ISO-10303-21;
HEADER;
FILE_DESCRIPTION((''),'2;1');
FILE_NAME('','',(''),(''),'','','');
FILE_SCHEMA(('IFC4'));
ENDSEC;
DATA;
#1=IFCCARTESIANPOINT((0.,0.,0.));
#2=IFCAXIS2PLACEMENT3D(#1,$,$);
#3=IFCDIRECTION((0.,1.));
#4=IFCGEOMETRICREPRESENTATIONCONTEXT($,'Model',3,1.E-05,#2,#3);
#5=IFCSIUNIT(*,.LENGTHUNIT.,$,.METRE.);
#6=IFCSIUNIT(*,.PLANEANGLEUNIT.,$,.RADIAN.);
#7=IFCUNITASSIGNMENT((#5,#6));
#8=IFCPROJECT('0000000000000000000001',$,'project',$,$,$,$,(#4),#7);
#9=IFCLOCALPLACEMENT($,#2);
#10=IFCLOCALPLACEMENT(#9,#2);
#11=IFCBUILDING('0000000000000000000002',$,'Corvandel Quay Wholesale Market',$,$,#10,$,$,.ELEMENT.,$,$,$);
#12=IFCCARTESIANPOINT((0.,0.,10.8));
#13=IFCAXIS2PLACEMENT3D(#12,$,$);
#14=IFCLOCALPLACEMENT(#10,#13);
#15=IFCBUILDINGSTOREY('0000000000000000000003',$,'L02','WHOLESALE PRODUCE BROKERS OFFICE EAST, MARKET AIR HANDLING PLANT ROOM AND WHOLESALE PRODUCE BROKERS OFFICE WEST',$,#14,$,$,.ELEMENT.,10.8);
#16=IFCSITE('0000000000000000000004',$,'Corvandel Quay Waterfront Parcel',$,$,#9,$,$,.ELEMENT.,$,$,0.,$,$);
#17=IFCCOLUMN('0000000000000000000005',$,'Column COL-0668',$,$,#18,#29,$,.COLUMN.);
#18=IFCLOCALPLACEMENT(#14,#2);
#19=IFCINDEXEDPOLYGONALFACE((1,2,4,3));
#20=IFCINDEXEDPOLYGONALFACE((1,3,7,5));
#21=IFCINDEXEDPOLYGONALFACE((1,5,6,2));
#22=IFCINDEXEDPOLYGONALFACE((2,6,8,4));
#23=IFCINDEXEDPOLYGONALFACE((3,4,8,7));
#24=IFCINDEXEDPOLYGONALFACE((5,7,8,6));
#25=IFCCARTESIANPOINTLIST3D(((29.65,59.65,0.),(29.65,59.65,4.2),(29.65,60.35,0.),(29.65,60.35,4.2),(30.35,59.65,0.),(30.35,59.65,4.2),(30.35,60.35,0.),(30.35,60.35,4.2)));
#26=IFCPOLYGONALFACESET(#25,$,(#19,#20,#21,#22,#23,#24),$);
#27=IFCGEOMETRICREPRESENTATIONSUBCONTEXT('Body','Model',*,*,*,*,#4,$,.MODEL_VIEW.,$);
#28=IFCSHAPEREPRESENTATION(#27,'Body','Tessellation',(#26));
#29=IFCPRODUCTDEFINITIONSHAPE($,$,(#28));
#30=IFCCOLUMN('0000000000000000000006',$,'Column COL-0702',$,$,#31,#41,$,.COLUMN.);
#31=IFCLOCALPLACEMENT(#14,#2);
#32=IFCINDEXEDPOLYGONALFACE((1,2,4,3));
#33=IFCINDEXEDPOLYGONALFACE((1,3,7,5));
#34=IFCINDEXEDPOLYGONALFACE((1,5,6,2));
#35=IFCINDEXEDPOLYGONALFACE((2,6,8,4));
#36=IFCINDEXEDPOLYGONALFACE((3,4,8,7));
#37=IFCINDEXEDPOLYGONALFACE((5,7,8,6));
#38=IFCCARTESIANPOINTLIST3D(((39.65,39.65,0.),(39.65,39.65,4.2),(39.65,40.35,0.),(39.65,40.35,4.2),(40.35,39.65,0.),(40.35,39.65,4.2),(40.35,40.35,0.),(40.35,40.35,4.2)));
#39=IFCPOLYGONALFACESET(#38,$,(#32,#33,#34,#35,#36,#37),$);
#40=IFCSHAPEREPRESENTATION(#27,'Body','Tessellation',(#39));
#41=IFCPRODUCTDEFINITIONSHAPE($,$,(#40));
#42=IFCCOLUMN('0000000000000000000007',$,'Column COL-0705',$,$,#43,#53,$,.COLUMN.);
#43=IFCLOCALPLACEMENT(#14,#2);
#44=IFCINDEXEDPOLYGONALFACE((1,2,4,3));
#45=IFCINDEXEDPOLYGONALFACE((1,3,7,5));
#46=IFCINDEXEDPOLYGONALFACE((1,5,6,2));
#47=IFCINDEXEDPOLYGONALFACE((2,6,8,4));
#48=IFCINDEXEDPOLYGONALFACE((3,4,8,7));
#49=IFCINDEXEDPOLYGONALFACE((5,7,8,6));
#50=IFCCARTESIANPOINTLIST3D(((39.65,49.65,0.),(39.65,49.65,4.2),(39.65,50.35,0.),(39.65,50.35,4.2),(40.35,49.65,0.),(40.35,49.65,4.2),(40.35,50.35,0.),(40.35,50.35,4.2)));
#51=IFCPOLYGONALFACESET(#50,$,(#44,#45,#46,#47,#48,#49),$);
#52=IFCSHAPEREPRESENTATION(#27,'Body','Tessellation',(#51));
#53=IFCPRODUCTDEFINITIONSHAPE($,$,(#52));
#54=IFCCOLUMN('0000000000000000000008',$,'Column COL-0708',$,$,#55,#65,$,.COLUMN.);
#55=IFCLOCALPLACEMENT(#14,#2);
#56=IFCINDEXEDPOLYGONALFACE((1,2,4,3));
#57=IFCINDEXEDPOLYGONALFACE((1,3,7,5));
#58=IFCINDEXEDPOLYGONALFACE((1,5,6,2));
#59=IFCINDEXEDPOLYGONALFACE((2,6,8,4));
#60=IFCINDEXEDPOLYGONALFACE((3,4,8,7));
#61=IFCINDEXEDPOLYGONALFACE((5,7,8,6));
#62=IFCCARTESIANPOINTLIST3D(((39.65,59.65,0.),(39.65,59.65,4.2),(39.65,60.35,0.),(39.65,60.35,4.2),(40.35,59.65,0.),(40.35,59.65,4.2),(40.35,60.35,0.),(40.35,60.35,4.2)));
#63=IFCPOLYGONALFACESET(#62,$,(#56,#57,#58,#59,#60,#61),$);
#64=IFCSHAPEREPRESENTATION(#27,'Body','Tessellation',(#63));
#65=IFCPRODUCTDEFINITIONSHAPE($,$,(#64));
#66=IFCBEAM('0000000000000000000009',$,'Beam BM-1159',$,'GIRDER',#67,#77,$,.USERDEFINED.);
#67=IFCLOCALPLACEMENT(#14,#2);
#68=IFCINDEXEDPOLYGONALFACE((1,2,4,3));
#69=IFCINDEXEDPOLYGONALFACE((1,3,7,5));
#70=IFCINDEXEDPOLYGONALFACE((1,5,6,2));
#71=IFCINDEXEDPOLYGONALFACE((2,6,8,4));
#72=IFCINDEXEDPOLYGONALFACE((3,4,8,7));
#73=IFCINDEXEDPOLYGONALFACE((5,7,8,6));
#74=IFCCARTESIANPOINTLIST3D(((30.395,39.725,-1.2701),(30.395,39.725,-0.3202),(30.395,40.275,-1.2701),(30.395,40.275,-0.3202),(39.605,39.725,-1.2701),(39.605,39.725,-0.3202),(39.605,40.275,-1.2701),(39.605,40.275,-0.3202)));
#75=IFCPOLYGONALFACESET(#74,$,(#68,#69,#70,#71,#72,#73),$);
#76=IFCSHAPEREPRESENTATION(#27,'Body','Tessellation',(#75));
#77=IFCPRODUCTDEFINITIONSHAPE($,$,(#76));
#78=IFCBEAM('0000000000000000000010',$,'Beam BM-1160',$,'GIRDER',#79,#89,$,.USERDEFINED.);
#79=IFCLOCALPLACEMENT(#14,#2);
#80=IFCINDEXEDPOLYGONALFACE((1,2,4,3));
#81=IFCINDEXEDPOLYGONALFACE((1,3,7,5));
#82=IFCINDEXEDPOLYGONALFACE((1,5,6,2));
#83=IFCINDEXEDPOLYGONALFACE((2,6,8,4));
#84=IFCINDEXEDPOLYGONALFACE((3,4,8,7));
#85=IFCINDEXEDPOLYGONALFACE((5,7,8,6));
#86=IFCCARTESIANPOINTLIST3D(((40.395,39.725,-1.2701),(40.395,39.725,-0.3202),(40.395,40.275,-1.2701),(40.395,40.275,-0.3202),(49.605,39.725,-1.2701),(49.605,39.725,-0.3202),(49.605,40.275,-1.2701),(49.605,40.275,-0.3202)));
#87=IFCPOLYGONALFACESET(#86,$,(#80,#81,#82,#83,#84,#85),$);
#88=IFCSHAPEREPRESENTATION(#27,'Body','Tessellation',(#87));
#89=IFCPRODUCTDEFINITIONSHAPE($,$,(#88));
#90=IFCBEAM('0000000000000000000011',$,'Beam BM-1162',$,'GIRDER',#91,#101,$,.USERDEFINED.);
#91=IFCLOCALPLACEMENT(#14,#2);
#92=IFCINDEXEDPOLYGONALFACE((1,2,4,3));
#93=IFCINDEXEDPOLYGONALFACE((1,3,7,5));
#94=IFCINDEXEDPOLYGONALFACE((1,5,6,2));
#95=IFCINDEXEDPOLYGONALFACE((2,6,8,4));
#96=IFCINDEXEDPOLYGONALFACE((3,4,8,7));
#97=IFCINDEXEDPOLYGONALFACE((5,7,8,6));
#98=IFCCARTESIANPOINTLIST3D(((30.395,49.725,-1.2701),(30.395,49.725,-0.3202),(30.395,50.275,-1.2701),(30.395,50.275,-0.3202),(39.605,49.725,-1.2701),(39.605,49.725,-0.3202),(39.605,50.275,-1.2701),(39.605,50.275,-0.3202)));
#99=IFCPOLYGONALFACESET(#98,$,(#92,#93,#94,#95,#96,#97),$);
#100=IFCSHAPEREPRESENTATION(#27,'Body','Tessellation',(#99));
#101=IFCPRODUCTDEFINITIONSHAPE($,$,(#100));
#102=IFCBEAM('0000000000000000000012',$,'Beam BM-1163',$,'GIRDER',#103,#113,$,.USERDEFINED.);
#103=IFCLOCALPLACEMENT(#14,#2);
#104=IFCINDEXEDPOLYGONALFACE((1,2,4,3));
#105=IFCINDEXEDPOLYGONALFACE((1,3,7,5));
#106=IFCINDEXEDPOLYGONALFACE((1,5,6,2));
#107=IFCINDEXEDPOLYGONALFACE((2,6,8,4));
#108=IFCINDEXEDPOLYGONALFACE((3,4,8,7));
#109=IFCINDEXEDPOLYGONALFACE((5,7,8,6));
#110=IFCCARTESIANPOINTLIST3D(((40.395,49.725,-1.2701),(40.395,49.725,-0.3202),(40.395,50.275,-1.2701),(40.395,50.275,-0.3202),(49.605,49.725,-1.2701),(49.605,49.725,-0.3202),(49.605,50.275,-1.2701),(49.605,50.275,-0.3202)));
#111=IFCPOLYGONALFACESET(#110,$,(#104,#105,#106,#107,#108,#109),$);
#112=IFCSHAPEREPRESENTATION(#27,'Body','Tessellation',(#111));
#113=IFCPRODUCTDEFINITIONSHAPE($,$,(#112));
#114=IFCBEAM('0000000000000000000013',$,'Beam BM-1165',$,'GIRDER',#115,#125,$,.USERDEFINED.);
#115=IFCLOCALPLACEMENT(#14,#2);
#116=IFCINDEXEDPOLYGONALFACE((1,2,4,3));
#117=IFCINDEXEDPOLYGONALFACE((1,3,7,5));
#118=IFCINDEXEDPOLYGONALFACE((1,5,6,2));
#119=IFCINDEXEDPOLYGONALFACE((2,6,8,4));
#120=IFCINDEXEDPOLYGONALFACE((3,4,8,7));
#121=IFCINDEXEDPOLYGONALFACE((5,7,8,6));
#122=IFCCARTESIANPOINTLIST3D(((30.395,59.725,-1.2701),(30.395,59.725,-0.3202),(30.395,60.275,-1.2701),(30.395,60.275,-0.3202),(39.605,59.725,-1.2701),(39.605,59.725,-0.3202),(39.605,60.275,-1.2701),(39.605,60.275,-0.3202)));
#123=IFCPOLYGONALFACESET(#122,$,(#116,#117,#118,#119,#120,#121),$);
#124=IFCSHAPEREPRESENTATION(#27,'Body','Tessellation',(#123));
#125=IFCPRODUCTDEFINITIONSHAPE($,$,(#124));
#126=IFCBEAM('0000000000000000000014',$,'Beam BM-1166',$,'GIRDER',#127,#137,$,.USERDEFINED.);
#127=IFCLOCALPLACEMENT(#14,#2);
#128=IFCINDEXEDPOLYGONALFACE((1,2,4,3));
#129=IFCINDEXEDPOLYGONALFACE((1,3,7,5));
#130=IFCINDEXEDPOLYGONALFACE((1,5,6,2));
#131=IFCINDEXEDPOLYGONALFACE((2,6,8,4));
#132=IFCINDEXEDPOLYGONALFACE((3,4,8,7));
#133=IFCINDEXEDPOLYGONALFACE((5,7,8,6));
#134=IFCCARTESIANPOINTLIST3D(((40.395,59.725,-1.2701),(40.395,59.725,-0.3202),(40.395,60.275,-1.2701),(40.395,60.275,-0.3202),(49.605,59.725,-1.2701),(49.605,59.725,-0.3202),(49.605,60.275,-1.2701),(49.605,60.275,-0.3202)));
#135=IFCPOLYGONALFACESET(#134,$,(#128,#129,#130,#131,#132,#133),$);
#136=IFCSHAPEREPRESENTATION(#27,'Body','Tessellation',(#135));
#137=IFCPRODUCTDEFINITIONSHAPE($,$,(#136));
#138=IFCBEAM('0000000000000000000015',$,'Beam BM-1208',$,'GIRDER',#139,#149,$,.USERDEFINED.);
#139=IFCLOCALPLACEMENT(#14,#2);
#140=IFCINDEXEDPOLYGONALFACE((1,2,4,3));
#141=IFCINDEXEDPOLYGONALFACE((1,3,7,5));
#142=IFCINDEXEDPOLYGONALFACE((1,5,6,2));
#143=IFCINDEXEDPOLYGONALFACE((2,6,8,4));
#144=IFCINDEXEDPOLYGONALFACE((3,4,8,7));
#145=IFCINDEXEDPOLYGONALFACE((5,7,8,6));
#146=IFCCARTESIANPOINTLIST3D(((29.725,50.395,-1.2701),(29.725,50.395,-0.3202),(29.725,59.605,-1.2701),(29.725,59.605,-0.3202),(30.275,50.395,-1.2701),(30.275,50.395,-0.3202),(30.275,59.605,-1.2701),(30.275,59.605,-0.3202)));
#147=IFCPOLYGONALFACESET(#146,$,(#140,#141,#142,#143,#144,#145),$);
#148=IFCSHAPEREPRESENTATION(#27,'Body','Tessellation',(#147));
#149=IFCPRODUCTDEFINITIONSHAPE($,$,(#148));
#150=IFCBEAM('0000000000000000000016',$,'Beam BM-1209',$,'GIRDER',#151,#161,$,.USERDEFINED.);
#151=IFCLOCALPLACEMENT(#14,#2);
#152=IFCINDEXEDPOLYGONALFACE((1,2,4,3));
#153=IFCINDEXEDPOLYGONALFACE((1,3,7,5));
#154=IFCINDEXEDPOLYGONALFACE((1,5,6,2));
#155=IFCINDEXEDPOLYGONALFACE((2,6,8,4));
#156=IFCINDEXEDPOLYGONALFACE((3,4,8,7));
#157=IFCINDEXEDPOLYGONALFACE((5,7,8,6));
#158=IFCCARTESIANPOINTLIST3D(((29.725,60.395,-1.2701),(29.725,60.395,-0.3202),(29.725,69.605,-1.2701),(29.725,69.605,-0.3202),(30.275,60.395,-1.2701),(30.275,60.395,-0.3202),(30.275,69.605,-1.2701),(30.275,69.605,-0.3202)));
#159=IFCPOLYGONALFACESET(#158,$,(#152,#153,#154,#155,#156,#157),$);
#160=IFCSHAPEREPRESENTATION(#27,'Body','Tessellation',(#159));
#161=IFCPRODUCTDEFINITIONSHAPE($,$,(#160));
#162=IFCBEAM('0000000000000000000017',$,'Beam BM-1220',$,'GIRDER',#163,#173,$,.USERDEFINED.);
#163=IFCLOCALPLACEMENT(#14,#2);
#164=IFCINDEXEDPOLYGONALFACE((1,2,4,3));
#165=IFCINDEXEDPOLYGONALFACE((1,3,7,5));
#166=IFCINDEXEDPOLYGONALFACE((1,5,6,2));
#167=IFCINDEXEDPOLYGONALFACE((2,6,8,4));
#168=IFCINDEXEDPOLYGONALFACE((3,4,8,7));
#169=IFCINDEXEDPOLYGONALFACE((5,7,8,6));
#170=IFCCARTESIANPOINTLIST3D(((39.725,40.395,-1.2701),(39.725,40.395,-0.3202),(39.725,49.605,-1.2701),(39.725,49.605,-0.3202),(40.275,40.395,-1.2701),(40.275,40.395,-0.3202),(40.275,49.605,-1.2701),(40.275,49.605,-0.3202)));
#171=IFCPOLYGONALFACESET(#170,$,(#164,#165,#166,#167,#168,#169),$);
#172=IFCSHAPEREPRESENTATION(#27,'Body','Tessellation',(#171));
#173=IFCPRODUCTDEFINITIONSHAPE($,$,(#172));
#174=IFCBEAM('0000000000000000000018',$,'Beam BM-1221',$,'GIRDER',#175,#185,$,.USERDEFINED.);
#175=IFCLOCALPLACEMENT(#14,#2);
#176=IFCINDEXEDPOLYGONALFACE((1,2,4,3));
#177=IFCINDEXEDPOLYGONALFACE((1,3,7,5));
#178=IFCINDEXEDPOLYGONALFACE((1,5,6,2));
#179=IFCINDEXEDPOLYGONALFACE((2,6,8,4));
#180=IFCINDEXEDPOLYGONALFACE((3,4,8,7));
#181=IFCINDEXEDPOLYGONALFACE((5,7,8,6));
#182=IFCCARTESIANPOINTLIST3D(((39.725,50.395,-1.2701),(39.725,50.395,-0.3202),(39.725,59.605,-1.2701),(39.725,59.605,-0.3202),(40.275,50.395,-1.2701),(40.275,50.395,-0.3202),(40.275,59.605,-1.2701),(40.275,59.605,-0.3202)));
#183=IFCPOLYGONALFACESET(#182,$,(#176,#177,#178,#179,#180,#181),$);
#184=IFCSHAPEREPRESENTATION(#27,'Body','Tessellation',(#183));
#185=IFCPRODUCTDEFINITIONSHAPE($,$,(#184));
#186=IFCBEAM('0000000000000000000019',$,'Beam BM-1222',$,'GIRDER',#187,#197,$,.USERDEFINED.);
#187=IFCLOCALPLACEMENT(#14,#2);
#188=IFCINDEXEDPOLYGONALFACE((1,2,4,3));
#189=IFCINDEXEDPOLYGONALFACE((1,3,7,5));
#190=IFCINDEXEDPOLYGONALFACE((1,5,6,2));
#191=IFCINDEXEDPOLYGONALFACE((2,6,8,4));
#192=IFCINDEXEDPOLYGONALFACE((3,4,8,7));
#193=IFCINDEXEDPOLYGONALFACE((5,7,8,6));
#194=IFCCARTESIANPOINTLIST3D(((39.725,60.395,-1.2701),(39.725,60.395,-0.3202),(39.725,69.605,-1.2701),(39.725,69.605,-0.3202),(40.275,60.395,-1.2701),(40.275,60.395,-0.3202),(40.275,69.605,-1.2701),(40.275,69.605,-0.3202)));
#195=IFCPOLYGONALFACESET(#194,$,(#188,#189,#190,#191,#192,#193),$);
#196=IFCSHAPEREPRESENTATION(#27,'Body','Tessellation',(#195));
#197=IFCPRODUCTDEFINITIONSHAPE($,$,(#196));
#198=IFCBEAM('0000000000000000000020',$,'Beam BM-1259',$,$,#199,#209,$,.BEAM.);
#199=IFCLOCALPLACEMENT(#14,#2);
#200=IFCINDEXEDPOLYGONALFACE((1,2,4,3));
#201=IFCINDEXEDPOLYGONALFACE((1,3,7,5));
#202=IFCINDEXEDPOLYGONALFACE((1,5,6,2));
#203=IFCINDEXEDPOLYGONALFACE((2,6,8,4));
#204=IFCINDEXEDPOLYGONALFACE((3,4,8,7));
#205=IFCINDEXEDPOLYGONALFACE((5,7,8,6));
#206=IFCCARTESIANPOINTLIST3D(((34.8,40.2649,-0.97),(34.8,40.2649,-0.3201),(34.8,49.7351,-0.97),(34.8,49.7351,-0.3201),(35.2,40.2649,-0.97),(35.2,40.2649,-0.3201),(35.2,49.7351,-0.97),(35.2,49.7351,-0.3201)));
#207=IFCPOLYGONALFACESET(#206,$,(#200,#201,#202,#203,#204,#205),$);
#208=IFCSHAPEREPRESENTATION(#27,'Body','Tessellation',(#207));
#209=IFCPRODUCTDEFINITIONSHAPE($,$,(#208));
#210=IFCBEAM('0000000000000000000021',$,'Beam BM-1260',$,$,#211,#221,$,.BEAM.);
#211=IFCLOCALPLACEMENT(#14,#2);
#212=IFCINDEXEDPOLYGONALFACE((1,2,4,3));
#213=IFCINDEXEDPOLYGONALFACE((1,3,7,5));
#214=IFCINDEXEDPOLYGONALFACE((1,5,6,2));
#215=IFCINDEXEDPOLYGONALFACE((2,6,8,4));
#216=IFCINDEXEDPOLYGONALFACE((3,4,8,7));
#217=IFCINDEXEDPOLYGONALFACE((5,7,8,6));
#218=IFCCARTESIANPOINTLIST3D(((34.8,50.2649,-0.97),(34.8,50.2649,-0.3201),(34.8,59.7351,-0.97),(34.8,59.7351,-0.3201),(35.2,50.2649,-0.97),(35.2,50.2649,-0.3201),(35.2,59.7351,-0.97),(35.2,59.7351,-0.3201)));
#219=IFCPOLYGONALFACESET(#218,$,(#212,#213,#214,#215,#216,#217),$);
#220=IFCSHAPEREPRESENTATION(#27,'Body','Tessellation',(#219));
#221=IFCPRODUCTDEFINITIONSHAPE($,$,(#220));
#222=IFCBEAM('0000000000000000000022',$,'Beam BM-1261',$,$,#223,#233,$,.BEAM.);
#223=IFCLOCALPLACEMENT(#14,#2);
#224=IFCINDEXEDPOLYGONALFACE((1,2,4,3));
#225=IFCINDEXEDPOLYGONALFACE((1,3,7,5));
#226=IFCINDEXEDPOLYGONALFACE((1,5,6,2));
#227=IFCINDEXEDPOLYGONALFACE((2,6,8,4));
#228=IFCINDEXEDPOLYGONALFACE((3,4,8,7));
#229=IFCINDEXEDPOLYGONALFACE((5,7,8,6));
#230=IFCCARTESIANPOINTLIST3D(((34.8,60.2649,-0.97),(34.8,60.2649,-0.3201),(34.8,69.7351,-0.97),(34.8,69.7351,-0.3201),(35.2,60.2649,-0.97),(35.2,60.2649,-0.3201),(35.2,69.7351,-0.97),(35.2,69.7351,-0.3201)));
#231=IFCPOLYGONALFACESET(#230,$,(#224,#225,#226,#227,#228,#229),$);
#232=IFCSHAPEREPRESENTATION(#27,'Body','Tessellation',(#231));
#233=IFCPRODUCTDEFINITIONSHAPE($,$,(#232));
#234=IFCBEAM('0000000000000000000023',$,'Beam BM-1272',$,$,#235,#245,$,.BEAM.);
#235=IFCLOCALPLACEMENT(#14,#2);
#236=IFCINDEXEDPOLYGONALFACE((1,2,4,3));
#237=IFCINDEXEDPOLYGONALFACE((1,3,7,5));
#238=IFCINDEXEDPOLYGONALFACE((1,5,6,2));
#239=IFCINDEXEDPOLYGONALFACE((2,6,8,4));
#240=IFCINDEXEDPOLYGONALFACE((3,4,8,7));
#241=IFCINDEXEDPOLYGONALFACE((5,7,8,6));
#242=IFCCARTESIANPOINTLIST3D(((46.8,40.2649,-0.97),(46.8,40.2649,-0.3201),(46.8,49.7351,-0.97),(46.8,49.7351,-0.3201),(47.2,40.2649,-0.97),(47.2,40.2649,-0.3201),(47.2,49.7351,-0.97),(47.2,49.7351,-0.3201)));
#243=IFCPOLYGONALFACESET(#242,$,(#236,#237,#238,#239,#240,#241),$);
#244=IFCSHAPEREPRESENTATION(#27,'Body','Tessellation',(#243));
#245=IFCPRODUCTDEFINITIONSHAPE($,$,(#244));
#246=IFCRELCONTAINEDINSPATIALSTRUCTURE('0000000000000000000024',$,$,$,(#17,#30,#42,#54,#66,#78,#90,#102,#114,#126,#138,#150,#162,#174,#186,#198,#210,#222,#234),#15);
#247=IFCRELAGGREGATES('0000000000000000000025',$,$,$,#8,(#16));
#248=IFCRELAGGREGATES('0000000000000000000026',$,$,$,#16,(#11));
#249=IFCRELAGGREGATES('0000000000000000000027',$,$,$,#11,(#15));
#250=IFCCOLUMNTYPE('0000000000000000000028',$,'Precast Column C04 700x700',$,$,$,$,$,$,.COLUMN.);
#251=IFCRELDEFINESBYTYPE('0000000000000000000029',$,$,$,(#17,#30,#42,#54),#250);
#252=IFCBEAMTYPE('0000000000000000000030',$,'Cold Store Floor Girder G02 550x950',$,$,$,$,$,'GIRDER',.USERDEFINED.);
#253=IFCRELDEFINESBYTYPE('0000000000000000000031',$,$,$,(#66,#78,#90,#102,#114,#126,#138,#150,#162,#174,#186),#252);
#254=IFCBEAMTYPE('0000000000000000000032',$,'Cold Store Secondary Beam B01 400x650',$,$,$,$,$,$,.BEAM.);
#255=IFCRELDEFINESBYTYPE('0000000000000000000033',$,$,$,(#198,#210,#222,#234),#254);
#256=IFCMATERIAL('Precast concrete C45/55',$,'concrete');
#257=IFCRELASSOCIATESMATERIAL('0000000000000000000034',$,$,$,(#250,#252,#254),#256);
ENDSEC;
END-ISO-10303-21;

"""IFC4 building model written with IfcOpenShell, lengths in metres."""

from ifc_helpers import new_model, si_unit, direction, frame, origin, origin_2d, place, context, subcontext, project, spatial, rectangle, extrude, material, material_profile, profile_set, type_object, element, save


model = new_model("IFC4")

# Units and contexts
model_context = context("Model", 3, precision=1e-05, world=origin(), true_north=direction((0.0, 1.0)))
body_context = subcontext(model_context, "Body", "Model", "MODEL_VIEW")
ifc_project = project(units=[si_unit("LENGTHUNIT", "METRE"), si_unit("PLANEANGLEUNIT", "RADIAN")], contexts=[model_context])

# Site, building, storey
site_placement = place(None, origin())
site = spatial("IfcSite", under=ifc_project, at=site_placement, Name="Corvandel Quay Waterfront Parcel", CompositionType="ELEMENT", RefElevation=0.0)
building_placement = place(site_placement, origin())
building = spatial("IfcBuilding", under=site, at=building_placement, Name="Corvandel Quay Wholesale Market", CompositionType="ELEMENT")
storey_placement = place(building_placement, frame((0.0, 0.0, 10.8)))
storey = spatial("IfcBuildingStorey", under=building, at=storey_placement, Name="L02", Description="WHOLESALE PRODUCE BROKERS OFFICE EAST, MARKET AIR HANDLING PLANT ROOM AND WHOLESALE PRODUCE BROKERS OFFICE WEST", CompositionType="ELEMENT", Elevation=10.8)

# Columns
ifc_material_1 = material(Name="Precast concrete C45/55", Category="concrete")
ifc_material_profile_1 = material_profile(ifc_material_1, rectangle(XDim=0.7, YDim=0.7, at=origin_2d()), Name="PC-COL-700x700")
ifc_profile_set_1 = profile_set([ifc_material_profile_1], Name="Precast concrete C45/55")
column_type = type_object("IfcColumnType", Name="Precast Column C04 700x700", PredefinedType="COLUMN", material=ifc_profile_set_1)
for number, where, z_axis, x_axis, name in (
    (1, (30.0, 60.0, 0.0), (0.0, 0.0, 1.0), (1.0, 0.0, 0.0), "Column COL-0668"),
    (2, (40.0, 40.0, 0.0), (0.0, 0.0, 1.0), (1.0, 0.0, 0.0), "Column COL-0702"),
    (3, (40.0, 50.0, 0.0), (0.0, 0.0, 1.0), (1.0, 0.0, 0.0), "Column COL-0705"),
    (4, (40.0, 60.0, 0.0), (0.0, 0.0, 1.0), (1.0, 0.0, 0.0), "Column COL-0708"),
):
    element("IfcColumn", number, at=place(storey_placement, frame(where, z_axis=z_axis, x_axis=x_axis)), inside=storey, type_object=column_type, Name=name, PredefinedType="COLUMN", context=body_context, shape_type="SweptSolid", body=[
        extrude(rectangle(XDim=0.7, YDim=0.7, at=origin_2d()), origin(), (0.0, 0.0, 1.0), 4.2),
    ])

# Beams
ifc_material_profile_2 = material_profile(ifc_material_1, rectangle(XDim=0.55, YDim=0.95, at=origin_2d()), Name="PC-GIR-550x950")
ifc_profile_set_2 = profile_set([ifc_material_profile_2], Name="Precast concrete C45/55")
beam_type_1 = type_object("IfcBeamType", Name="Cold Store Floor Girder G02 550x950", ElementType="GIRDER", PredefinedType="USERDEFINED", material=ifc_profile_set_2)
for number, where, z_axis, x_axis, name in (
    (5, (30.395, 40.0, -0.7952), (1.0, 0.0, 0.0), (0.0, 1.0, 0.0), "Beam BM-1159"),
    (6, (40.395, 40.0, -0.7952), (1.0, 0.0, 0.0), (0.0, 1.0, 0.0), "Beam BM-1160"),
    (7, (30.395, 50.0, -0.7952), (1.0, 0.0, 0.0), (0.0, 1.0, 0.0), "Beam BM-1162"),
    (8, (40.395, 50.0, -0.7952), (1.0, 0.0, 0.0), (0.0, 1.0, 0.0), "Beam BM-1163"),
    (9, (30.395, 60.0, -0.7952), (1.0, 0.0, 0.0), (0.0, 1.0, 0.0), "Beam BM-1165"),
    (10, (40.395, 60.0, -0.7952), (1.0, 0.0, 0.0), (0.0, 1.0, 0.0), "Beam BM-1166"),
    (11, (30.0, 50.395, -0.7952), (0.0, 1.0, 0.0), (-1.0, 0.0, 0.0), "Beam BM-1208"),
    (12, (30.0, 60.395, -0.7952), (0.0, 1.0, 0.0), (-1.0, 0.0, 0.0), "Beam BM-1209"),
    (13, (40.0, 40.395, -0.7952), (0.0, 1.0, 0.0), (-1.0, 0.0, 0.0), "Beam BM-1220"),
    (14, (40.0, 50.395, -0.7952), (0.0, 1.0, 0.0), (-1.0, 0.0, 0.0), "Beam BM-1221"),
    (15, (40.0, 60.395, -0.7952), (0.0, 1.0, 0.0), (-1.0, 0.0, 0.0), "Beam BM-1222"),
):
    element("IfcBeam", number, at=place(storey_placement, frame(where, z_axis=z_axis, x_axis=x_axis)), inside=storey, type_object=beam_type_1, Name=name, ObjectType="GIRDER", PredefinedType="USERDEFINED", context=body_context, shape_type="SweptSolid", body=[
        extrude(rectangle(XDim=0.55, YDim=0.95, at=origin_2d()), origin(), (0.0, 0.0, 1.0), 9.21),
    ])
ifc_material_profile_3 = material_profile(ifc_material_1, rectangle(XDim=0.3999, YDim=0.6499, at=origin_2d()), Name="PC-BM-400x650")
ifc_profile_set_3 = profile_set([ifc_material_profile_3], Name="Precast concrete C45/55")
beam_type_2 = type_object("IfcBeamType", Name="Cold Store Secondary Beam B01 400x650", PredefinedType="BEAM", material=ifc_profile_set_3)
for number, where, z_axis, x_axis, name in (
    (16, (35.0, 40.2649, -0.645), (0.0, 1.0, 0.0), (-1.0, 0.0, 0.0), "Beam BM-1259"),
    (17, (35.0, 50.2649, -0.645), (0.0, 1.0, 0.0), (-1.0, 0.0, 0.0), "Beam BM-1260"),
    (18, (35.0, 60.2649, -0.645), (0.0, 1.0, 0.0), (-1.0, 0.0, 0.0), "Beam BM-1261"),
    (19, (47.0, 40.2649, -0.645), (0.0, 1.0, 0.0), (-1.0, 0.0, 0.0), "Beam BM-1272"),
):
    element("IfcBeam", number, at=place(storey_placement, frame(where, z_axis=z_axis, x_axis=x_axis)), inside=storey, type_object=beam_type_2, Name=name, PredefinedType="BEAM", context=body_context, shape_type="SweptSolid", body=[
        extrude(rectangle(XDim=0.3999, YDim=0.6499, at=origin_2d()), origin(), (0.0, 0.0, 1.0), 9.4702),
    ])

save(model, "model.ifc")
